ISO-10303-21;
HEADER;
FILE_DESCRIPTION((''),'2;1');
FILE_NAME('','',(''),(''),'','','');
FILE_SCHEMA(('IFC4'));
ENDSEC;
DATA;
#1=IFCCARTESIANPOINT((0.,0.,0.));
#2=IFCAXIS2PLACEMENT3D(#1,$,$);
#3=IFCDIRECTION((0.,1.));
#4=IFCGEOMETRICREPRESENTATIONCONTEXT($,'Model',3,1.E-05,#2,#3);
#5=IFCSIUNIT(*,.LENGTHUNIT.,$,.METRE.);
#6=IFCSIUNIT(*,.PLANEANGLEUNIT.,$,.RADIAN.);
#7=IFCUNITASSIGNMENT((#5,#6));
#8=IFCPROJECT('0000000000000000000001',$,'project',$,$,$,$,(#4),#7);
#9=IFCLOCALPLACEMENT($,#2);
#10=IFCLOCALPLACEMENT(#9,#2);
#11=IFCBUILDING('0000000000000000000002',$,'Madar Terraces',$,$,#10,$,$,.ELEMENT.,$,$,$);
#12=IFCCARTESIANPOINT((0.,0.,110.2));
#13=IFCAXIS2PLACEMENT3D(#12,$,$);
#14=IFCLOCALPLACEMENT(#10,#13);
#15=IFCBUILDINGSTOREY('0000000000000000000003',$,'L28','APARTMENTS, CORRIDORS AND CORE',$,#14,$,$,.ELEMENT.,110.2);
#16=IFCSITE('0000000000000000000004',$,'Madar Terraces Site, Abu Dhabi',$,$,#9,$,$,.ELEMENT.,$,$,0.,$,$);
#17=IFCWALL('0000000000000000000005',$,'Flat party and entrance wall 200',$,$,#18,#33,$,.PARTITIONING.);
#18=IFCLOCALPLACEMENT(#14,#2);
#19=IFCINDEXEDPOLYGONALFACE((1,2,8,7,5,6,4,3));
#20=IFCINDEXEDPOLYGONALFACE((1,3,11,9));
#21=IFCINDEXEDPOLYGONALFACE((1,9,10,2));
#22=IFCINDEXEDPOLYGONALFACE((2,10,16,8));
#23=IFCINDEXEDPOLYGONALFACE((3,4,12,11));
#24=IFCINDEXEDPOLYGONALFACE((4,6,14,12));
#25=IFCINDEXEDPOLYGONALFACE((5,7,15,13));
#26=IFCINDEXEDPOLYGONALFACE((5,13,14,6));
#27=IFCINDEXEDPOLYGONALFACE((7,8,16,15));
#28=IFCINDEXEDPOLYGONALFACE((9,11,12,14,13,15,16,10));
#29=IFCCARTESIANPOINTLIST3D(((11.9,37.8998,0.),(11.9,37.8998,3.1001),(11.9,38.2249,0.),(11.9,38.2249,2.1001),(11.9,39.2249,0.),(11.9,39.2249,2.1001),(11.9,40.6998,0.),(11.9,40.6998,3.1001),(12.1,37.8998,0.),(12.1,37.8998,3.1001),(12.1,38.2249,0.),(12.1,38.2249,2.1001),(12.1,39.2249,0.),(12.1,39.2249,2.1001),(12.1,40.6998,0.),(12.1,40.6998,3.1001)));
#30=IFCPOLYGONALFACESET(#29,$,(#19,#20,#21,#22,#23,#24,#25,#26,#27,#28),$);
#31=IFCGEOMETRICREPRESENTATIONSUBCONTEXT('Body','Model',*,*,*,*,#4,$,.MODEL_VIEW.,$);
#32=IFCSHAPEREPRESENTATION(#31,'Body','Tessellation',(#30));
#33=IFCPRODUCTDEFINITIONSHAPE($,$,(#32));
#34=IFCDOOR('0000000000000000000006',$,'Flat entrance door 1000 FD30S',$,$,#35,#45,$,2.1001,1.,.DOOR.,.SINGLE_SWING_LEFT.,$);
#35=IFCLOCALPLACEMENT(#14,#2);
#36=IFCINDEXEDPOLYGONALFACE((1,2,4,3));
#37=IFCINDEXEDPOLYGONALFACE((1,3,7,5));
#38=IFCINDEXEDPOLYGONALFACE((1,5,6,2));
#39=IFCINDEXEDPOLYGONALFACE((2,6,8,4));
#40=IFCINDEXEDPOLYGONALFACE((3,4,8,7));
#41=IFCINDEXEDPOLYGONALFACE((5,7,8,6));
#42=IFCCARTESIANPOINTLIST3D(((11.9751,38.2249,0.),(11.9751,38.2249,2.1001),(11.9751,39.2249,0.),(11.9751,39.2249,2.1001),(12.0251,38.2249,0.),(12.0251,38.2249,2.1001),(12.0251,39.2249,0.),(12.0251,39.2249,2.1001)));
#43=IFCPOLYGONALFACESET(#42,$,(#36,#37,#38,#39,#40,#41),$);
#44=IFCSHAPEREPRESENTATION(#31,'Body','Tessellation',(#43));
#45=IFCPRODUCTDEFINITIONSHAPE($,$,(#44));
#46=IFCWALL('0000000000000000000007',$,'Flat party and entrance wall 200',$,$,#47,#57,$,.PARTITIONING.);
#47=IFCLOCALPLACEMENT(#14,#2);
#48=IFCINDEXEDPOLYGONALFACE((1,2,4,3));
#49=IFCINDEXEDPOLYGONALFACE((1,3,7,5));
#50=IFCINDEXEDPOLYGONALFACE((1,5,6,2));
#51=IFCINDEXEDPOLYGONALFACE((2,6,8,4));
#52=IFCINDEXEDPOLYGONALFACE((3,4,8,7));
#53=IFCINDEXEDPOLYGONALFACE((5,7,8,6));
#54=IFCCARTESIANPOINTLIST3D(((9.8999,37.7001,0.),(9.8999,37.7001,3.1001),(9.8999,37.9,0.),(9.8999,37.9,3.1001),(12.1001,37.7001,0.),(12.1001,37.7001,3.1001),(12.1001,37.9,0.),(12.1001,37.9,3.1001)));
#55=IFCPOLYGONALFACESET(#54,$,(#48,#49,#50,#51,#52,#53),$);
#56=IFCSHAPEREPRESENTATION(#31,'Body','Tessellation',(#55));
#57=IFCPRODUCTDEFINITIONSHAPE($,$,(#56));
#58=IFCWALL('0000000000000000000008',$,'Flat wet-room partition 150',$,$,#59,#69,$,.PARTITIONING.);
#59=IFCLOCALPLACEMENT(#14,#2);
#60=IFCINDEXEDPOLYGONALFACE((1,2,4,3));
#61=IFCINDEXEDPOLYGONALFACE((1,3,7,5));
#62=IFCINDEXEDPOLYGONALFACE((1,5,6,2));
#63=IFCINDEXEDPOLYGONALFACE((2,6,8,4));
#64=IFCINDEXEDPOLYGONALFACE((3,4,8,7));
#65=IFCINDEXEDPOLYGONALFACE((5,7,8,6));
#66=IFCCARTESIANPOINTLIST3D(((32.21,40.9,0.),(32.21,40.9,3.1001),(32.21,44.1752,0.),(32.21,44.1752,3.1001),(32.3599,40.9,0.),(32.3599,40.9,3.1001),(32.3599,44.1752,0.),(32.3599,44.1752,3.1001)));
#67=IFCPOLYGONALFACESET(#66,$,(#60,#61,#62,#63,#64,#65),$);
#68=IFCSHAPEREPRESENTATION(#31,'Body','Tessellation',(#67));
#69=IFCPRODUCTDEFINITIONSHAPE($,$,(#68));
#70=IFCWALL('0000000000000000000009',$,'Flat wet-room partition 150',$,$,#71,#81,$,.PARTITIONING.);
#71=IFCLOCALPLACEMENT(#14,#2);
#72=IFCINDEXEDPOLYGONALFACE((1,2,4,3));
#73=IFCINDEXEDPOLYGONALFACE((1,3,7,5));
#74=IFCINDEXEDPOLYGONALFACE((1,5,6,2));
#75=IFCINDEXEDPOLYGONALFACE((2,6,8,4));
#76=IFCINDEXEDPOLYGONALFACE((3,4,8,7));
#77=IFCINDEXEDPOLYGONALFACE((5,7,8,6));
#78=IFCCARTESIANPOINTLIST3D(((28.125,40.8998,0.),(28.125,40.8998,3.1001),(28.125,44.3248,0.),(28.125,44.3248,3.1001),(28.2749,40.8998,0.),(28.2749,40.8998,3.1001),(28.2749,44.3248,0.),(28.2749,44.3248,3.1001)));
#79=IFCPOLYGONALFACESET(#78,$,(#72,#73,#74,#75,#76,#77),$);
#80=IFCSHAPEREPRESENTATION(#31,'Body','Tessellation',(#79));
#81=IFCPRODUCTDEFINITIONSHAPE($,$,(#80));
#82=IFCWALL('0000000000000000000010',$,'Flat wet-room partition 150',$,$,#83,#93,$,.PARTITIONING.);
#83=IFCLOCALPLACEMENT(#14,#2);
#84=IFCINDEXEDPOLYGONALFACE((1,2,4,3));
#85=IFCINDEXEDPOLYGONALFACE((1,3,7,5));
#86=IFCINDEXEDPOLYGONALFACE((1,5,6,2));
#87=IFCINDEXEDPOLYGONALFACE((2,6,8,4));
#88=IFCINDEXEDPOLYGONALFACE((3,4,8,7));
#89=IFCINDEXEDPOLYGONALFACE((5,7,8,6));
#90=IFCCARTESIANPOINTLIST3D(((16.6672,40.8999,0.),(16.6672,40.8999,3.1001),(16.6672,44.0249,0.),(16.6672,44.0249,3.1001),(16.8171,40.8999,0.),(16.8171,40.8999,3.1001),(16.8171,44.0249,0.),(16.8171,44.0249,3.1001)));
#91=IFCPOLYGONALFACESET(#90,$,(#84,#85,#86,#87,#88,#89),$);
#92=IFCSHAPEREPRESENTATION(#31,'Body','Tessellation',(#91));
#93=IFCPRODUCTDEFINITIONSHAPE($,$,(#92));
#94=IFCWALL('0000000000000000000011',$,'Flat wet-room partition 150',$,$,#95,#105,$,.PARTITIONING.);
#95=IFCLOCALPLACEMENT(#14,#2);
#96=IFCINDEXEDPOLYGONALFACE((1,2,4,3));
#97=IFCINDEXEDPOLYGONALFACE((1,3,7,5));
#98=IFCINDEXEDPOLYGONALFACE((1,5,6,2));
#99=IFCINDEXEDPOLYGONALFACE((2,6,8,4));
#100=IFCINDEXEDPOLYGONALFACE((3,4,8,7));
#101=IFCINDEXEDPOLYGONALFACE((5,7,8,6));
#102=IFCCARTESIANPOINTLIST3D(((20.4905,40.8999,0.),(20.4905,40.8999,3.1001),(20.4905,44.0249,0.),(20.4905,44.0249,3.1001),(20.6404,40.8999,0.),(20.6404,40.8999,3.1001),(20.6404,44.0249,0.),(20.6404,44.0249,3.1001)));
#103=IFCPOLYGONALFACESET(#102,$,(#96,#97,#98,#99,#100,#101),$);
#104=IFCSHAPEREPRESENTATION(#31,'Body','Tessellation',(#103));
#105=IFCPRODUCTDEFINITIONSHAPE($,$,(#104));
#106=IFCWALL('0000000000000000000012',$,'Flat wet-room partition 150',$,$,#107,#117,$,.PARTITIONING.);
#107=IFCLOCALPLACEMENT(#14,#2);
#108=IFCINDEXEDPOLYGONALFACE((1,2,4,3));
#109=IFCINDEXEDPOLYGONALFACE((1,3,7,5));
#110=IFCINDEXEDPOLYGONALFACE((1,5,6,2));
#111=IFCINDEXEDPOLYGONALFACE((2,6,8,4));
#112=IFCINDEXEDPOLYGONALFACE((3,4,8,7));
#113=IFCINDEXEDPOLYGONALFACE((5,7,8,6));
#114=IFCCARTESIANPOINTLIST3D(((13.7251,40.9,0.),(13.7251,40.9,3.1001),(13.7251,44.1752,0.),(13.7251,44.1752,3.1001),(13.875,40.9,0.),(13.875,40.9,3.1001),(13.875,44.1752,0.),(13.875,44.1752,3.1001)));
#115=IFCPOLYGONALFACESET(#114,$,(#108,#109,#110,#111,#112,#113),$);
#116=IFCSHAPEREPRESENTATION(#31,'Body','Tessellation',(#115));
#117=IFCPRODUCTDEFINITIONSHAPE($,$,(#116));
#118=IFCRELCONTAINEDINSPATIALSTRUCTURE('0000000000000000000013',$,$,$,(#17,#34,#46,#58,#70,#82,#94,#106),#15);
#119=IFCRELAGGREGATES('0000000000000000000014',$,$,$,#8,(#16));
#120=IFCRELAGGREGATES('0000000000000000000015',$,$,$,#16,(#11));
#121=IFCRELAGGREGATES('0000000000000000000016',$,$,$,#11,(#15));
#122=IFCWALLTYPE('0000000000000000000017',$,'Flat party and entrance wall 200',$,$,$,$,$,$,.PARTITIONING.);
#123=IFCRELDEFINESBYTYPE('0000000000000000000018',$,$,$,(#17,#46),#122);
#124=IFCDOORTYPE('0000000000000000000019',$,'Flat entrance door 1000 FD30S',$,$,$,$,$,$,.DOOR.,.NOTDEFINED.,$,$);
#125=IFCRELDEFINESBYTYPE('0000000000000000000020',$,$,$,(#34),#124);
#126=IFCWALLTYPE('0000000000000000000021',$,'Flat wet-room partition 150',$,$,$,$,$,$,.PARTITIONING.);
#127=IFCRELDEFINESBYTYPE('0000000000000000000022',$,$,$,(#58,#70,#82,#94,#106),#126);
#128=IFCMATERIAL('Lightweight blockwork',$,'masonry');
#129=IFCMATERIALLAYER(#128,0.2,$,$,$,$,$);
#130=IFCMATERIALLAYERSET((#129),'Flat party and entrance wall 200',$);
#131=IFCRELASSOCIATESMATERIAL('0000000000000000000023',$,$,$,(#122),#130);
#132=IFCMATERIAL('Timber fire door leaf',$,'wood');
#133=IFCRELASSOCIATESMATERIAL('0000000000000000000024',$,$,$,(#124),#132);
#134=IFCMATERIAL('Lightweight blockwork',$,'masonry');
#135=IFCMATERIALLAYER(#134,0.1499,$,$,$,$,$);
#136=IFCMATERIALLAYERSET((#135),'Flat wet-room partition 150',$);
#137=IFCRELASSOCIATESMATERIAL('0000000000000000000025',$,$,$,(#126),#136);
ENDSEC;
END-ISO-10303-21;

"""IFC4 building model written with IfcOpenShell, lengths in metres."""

from ifc_helpers import new_model, si_unit, direction, frame, frame_2d, origin, place, context, subcontext, project, spatial, rectangle, extrude, material, layer, layer_set, type_object, element, fill, save


model = new_model("IFC4")

# Units and contexts
model_context = context("Model", 3, precision=1e-05, world=origin(), true_north=direction((0.0, 1.0)))
body_context = subcontext(model_context, "Body", "Model", "MODEL_VIEW")
ifc_project = project(units=[si_unit("LENGTHUNIT", "METRE"), si_unit("PLANEANGLEUNIT", "RADIAN")], contexts=[model_context])

# Site, building, storey
site_placement = place(None, origin())
site = spatial("IfcSite", under=ifc_project, at=site_placement, Name="Madar Terraces Site, Abu Dhabi", CompositionType="ELEMENT", RefElevation=0.0)
building_placement = place(site_placement, origin())
building = spatial("IfcBuilding", under=site, at=building_placement, Name="Madar Terraces", CompositionType="ELEMENT")
storey_placement = place(building_placement, frame((0.0, 0.0, 110.2)))
storey = spatial("IfcBuildingStorey", under=building, at=storey_placement, Name="L28", Description="APARTMENTS, CORRIDORS AND CORE", CompositionType="ELEMENT", Elevation=110.2)

# Wall, opening, door
ifc_material_1 = material(Name="Lightweight blockwork", Category="masonry")
ifc_layer_1 = layer(ifc_material_1, 0.2)
ifc_layer_set_1 = layer_set([ifc_layer_1], Name="Flat party and entrance wall 200")
wall_type_1 = type_object("IfcWallType", Name="Flat party and entrance wall 200", PredefinedType="PARTITIONING", material=ifc_layer_set_1)
wall_1_placement = place(storey_placement, frame((12.0, 37.8999, 0.0), z_axis=(0.0, 0.0, 1.0), x_axis=(0.0, 1.0, 0.0)))
wall_1 = element("IfcWall", 1, at=wall_1_placement, inside=storey, type_object=wall_type_1, Name="Flat party and entrance wall 200", PredefinedType="PARTITIONING", context=body_context, shape_type="SweptSolid", body=[
    extrude(rectangle(XDim=2.8, YDim=0.2, at=frame_2d((1.3999, 0.0))), origin(), (0.0, 0.0, 1.0), 3.1001),
])
opening_1_placement = place(wall_1_placement, frame((0.325, 0.0, 0.0)))
opening_1 = element("IfcOpeningElement", 2, at=opening_1_placement, cuts=wall_1, PredefinedType="OPENING", context=body_context, shape_type="SweptSolid", body=[
    extrude(rectangle(XDim=1.0, YDim=2.1001, at=frame_2d((0.5, 1.05))), frame((0.0, 0.1099, 0.0), z_axis=(0.0, -1.0, 0.0), x_axis=(1.0, 0.0, 0.0)), (0.0, 0.0, 1.0), 0.22),
])
ifc_material_2 = material(Name="Timber fire door leaf", Category="wood")
door_type_1 = type_object("IfcDoorType", Name="Flat entrance door 1000 FD30S", OperationType="NOTDEFINED", PredefinedType="DOOR", material=ifc_material_2)
door_1_placement = place(opening_1_placement, origin())
door_1 = element("IfcDoor", 3, at=door_1_placement, inside=storey, type_object=door_type_1, Name="Flat entrance door 1000 FD30S", OperationType="SINGLE_SWING_LEFT", OverallHeight=2.1001, OverallWidth=1.0, PredefinedType="DOOR", context=body_context, shape_type="SweptSolid", body=[
    extrude(rectangle(XDim=1.0, YDim=2.1001, at=frame_2d((0.5, 1.05))), frame((0.0, 0.0249, 0.0), z_axis=(0.0, -1.0, 0.0), x_axis=(1.0, 0.0, 0.0)), (0.0, 0.0, 1.0), 0.05),
])
fill(opening_1, door_1)

# Walls
wall_2_placement = place(storey_placement, frame((12.1001, 37.8, 0.0), z_axis=(0.0, 0.0, 1.0), x_axis=(-1.0, 0.0, 0.0)))
element("IfcWall", 4, at=wall_2_placement, inside=storey, type_object=wall_type_1, Name="Flat party and entrance wall 200", PredefinedType="PARTITIONING", context=body_context, shape_type="SweptSolid", body=[
    extrude(rectangle(XDim=2.2002, YDim=0.2, at=frame_2d((1.1001, 0.0))), origin(), (0.0, 0.0, 1.0), 3.1001),
])
ifc_material_3 = material(Name="Lightweight blockwork", Category="masonry")
ifc_layer_2 = layer(ifc_material_3, 0.1499)
ifc_layer_set_2 = layer_set([ifc_layer_2], Name="Flat wet-room partition 150")
wall_type_2 = type_object("IfcWallType", Name="Flat wet-room partition 150", PredefinedType="PARTITIONING", material=ifc_layer_set_2)
wall_3_placement = place(storey_placement, frame((32.2849, 40.8999, 0.0), z_axis=(0.0, 0.0, 1.0), x_axis=(0.0, 1.0, 0.0)))
element("IfcWall", 5, at=wall_3_placement, inside=storey, type_object=wall_type_2, Name="Flat wet-room partition 150", PredefinedType="PARTITIONING", context=body_context, shape_type="SweptSolid", body=[
    extrude(rectangle(XDim=3.2751, YDim=0.1499, at=frame_2d((1.6377, 0.0))), origin(), (0.0, 0.0, 1.0), 3.1001),
])
wall_4_placement = place(storey_placement, frame((28.2, 40.8999, 0.0), z_axis=(0.0, 0.0, 1.0), x_axis=(0.0, 1.0, 0.0)))
element("IfcWall", 6, at=wall_4_placement, inside=storey, type_object=wall_type_2, Name="Flat wet-room partition 150", PredefinedType="PARTITIONING", context=body_context, shape_type="SweptSolid", body=[
    extrude(rectangle(XDim=3.425, YDim=0.1499, at=frame_2d((1.7124, 0.0))), origin(), (0.0, 0.0, 1.0), 3.1001),
])
for number, where, z_axis, x_axis, name in (
    (7, (16.7422, 40.8999, 0.0), (0.0, 0.0, 1.0), (0.0, 1.0, 0.0), "Flat wet-room partition 150"),
    (8, (20.5654, 40.8999, 0.0), (0.0, 0.0, 1.0), (0.0, 1.0, 0.0), "Flat wet-room partition 150"),
):
    element("IfcWall", number, at=place(storey_placement, frame(where, z_axis=z_axis, x_axis=x_axis)), inside=storey, type_object=wall_type_2, Name=name, PredefinedType="PARTITIONING", context=body_context, shape_type="SweptSolid", body=[
        extrude(rectangle(XDim=3.125, YDim=0.1499, at=frame_2d((1.5625, 0.0))), origin(), (0.0, 0.0, 1.0), 3.1001),
    ])
wall_5_placement = place(storey_placement, frame((13.8, 40.8999, 0.0), z_axis=(0.0, 0.0, 1.0), x_axis=(0.0, 1.0, 0.0)))
element("IfcWall", 9, at=wall_5_placement, inside=storey, type_object=wall_type_2, Name="Flat wet-room partition 150", PredefinedType="PARTITIONING", context=body_context, shape_type="SweptSolid", body=[
    extrude(rectangle(XDim=3.2751, YDim=0.1499, at=frame_2d((1.6377, 0.0))), origin(), (0.0, 0.0, 1.0), 3.1001),
])

save(model, "model.ifc")
